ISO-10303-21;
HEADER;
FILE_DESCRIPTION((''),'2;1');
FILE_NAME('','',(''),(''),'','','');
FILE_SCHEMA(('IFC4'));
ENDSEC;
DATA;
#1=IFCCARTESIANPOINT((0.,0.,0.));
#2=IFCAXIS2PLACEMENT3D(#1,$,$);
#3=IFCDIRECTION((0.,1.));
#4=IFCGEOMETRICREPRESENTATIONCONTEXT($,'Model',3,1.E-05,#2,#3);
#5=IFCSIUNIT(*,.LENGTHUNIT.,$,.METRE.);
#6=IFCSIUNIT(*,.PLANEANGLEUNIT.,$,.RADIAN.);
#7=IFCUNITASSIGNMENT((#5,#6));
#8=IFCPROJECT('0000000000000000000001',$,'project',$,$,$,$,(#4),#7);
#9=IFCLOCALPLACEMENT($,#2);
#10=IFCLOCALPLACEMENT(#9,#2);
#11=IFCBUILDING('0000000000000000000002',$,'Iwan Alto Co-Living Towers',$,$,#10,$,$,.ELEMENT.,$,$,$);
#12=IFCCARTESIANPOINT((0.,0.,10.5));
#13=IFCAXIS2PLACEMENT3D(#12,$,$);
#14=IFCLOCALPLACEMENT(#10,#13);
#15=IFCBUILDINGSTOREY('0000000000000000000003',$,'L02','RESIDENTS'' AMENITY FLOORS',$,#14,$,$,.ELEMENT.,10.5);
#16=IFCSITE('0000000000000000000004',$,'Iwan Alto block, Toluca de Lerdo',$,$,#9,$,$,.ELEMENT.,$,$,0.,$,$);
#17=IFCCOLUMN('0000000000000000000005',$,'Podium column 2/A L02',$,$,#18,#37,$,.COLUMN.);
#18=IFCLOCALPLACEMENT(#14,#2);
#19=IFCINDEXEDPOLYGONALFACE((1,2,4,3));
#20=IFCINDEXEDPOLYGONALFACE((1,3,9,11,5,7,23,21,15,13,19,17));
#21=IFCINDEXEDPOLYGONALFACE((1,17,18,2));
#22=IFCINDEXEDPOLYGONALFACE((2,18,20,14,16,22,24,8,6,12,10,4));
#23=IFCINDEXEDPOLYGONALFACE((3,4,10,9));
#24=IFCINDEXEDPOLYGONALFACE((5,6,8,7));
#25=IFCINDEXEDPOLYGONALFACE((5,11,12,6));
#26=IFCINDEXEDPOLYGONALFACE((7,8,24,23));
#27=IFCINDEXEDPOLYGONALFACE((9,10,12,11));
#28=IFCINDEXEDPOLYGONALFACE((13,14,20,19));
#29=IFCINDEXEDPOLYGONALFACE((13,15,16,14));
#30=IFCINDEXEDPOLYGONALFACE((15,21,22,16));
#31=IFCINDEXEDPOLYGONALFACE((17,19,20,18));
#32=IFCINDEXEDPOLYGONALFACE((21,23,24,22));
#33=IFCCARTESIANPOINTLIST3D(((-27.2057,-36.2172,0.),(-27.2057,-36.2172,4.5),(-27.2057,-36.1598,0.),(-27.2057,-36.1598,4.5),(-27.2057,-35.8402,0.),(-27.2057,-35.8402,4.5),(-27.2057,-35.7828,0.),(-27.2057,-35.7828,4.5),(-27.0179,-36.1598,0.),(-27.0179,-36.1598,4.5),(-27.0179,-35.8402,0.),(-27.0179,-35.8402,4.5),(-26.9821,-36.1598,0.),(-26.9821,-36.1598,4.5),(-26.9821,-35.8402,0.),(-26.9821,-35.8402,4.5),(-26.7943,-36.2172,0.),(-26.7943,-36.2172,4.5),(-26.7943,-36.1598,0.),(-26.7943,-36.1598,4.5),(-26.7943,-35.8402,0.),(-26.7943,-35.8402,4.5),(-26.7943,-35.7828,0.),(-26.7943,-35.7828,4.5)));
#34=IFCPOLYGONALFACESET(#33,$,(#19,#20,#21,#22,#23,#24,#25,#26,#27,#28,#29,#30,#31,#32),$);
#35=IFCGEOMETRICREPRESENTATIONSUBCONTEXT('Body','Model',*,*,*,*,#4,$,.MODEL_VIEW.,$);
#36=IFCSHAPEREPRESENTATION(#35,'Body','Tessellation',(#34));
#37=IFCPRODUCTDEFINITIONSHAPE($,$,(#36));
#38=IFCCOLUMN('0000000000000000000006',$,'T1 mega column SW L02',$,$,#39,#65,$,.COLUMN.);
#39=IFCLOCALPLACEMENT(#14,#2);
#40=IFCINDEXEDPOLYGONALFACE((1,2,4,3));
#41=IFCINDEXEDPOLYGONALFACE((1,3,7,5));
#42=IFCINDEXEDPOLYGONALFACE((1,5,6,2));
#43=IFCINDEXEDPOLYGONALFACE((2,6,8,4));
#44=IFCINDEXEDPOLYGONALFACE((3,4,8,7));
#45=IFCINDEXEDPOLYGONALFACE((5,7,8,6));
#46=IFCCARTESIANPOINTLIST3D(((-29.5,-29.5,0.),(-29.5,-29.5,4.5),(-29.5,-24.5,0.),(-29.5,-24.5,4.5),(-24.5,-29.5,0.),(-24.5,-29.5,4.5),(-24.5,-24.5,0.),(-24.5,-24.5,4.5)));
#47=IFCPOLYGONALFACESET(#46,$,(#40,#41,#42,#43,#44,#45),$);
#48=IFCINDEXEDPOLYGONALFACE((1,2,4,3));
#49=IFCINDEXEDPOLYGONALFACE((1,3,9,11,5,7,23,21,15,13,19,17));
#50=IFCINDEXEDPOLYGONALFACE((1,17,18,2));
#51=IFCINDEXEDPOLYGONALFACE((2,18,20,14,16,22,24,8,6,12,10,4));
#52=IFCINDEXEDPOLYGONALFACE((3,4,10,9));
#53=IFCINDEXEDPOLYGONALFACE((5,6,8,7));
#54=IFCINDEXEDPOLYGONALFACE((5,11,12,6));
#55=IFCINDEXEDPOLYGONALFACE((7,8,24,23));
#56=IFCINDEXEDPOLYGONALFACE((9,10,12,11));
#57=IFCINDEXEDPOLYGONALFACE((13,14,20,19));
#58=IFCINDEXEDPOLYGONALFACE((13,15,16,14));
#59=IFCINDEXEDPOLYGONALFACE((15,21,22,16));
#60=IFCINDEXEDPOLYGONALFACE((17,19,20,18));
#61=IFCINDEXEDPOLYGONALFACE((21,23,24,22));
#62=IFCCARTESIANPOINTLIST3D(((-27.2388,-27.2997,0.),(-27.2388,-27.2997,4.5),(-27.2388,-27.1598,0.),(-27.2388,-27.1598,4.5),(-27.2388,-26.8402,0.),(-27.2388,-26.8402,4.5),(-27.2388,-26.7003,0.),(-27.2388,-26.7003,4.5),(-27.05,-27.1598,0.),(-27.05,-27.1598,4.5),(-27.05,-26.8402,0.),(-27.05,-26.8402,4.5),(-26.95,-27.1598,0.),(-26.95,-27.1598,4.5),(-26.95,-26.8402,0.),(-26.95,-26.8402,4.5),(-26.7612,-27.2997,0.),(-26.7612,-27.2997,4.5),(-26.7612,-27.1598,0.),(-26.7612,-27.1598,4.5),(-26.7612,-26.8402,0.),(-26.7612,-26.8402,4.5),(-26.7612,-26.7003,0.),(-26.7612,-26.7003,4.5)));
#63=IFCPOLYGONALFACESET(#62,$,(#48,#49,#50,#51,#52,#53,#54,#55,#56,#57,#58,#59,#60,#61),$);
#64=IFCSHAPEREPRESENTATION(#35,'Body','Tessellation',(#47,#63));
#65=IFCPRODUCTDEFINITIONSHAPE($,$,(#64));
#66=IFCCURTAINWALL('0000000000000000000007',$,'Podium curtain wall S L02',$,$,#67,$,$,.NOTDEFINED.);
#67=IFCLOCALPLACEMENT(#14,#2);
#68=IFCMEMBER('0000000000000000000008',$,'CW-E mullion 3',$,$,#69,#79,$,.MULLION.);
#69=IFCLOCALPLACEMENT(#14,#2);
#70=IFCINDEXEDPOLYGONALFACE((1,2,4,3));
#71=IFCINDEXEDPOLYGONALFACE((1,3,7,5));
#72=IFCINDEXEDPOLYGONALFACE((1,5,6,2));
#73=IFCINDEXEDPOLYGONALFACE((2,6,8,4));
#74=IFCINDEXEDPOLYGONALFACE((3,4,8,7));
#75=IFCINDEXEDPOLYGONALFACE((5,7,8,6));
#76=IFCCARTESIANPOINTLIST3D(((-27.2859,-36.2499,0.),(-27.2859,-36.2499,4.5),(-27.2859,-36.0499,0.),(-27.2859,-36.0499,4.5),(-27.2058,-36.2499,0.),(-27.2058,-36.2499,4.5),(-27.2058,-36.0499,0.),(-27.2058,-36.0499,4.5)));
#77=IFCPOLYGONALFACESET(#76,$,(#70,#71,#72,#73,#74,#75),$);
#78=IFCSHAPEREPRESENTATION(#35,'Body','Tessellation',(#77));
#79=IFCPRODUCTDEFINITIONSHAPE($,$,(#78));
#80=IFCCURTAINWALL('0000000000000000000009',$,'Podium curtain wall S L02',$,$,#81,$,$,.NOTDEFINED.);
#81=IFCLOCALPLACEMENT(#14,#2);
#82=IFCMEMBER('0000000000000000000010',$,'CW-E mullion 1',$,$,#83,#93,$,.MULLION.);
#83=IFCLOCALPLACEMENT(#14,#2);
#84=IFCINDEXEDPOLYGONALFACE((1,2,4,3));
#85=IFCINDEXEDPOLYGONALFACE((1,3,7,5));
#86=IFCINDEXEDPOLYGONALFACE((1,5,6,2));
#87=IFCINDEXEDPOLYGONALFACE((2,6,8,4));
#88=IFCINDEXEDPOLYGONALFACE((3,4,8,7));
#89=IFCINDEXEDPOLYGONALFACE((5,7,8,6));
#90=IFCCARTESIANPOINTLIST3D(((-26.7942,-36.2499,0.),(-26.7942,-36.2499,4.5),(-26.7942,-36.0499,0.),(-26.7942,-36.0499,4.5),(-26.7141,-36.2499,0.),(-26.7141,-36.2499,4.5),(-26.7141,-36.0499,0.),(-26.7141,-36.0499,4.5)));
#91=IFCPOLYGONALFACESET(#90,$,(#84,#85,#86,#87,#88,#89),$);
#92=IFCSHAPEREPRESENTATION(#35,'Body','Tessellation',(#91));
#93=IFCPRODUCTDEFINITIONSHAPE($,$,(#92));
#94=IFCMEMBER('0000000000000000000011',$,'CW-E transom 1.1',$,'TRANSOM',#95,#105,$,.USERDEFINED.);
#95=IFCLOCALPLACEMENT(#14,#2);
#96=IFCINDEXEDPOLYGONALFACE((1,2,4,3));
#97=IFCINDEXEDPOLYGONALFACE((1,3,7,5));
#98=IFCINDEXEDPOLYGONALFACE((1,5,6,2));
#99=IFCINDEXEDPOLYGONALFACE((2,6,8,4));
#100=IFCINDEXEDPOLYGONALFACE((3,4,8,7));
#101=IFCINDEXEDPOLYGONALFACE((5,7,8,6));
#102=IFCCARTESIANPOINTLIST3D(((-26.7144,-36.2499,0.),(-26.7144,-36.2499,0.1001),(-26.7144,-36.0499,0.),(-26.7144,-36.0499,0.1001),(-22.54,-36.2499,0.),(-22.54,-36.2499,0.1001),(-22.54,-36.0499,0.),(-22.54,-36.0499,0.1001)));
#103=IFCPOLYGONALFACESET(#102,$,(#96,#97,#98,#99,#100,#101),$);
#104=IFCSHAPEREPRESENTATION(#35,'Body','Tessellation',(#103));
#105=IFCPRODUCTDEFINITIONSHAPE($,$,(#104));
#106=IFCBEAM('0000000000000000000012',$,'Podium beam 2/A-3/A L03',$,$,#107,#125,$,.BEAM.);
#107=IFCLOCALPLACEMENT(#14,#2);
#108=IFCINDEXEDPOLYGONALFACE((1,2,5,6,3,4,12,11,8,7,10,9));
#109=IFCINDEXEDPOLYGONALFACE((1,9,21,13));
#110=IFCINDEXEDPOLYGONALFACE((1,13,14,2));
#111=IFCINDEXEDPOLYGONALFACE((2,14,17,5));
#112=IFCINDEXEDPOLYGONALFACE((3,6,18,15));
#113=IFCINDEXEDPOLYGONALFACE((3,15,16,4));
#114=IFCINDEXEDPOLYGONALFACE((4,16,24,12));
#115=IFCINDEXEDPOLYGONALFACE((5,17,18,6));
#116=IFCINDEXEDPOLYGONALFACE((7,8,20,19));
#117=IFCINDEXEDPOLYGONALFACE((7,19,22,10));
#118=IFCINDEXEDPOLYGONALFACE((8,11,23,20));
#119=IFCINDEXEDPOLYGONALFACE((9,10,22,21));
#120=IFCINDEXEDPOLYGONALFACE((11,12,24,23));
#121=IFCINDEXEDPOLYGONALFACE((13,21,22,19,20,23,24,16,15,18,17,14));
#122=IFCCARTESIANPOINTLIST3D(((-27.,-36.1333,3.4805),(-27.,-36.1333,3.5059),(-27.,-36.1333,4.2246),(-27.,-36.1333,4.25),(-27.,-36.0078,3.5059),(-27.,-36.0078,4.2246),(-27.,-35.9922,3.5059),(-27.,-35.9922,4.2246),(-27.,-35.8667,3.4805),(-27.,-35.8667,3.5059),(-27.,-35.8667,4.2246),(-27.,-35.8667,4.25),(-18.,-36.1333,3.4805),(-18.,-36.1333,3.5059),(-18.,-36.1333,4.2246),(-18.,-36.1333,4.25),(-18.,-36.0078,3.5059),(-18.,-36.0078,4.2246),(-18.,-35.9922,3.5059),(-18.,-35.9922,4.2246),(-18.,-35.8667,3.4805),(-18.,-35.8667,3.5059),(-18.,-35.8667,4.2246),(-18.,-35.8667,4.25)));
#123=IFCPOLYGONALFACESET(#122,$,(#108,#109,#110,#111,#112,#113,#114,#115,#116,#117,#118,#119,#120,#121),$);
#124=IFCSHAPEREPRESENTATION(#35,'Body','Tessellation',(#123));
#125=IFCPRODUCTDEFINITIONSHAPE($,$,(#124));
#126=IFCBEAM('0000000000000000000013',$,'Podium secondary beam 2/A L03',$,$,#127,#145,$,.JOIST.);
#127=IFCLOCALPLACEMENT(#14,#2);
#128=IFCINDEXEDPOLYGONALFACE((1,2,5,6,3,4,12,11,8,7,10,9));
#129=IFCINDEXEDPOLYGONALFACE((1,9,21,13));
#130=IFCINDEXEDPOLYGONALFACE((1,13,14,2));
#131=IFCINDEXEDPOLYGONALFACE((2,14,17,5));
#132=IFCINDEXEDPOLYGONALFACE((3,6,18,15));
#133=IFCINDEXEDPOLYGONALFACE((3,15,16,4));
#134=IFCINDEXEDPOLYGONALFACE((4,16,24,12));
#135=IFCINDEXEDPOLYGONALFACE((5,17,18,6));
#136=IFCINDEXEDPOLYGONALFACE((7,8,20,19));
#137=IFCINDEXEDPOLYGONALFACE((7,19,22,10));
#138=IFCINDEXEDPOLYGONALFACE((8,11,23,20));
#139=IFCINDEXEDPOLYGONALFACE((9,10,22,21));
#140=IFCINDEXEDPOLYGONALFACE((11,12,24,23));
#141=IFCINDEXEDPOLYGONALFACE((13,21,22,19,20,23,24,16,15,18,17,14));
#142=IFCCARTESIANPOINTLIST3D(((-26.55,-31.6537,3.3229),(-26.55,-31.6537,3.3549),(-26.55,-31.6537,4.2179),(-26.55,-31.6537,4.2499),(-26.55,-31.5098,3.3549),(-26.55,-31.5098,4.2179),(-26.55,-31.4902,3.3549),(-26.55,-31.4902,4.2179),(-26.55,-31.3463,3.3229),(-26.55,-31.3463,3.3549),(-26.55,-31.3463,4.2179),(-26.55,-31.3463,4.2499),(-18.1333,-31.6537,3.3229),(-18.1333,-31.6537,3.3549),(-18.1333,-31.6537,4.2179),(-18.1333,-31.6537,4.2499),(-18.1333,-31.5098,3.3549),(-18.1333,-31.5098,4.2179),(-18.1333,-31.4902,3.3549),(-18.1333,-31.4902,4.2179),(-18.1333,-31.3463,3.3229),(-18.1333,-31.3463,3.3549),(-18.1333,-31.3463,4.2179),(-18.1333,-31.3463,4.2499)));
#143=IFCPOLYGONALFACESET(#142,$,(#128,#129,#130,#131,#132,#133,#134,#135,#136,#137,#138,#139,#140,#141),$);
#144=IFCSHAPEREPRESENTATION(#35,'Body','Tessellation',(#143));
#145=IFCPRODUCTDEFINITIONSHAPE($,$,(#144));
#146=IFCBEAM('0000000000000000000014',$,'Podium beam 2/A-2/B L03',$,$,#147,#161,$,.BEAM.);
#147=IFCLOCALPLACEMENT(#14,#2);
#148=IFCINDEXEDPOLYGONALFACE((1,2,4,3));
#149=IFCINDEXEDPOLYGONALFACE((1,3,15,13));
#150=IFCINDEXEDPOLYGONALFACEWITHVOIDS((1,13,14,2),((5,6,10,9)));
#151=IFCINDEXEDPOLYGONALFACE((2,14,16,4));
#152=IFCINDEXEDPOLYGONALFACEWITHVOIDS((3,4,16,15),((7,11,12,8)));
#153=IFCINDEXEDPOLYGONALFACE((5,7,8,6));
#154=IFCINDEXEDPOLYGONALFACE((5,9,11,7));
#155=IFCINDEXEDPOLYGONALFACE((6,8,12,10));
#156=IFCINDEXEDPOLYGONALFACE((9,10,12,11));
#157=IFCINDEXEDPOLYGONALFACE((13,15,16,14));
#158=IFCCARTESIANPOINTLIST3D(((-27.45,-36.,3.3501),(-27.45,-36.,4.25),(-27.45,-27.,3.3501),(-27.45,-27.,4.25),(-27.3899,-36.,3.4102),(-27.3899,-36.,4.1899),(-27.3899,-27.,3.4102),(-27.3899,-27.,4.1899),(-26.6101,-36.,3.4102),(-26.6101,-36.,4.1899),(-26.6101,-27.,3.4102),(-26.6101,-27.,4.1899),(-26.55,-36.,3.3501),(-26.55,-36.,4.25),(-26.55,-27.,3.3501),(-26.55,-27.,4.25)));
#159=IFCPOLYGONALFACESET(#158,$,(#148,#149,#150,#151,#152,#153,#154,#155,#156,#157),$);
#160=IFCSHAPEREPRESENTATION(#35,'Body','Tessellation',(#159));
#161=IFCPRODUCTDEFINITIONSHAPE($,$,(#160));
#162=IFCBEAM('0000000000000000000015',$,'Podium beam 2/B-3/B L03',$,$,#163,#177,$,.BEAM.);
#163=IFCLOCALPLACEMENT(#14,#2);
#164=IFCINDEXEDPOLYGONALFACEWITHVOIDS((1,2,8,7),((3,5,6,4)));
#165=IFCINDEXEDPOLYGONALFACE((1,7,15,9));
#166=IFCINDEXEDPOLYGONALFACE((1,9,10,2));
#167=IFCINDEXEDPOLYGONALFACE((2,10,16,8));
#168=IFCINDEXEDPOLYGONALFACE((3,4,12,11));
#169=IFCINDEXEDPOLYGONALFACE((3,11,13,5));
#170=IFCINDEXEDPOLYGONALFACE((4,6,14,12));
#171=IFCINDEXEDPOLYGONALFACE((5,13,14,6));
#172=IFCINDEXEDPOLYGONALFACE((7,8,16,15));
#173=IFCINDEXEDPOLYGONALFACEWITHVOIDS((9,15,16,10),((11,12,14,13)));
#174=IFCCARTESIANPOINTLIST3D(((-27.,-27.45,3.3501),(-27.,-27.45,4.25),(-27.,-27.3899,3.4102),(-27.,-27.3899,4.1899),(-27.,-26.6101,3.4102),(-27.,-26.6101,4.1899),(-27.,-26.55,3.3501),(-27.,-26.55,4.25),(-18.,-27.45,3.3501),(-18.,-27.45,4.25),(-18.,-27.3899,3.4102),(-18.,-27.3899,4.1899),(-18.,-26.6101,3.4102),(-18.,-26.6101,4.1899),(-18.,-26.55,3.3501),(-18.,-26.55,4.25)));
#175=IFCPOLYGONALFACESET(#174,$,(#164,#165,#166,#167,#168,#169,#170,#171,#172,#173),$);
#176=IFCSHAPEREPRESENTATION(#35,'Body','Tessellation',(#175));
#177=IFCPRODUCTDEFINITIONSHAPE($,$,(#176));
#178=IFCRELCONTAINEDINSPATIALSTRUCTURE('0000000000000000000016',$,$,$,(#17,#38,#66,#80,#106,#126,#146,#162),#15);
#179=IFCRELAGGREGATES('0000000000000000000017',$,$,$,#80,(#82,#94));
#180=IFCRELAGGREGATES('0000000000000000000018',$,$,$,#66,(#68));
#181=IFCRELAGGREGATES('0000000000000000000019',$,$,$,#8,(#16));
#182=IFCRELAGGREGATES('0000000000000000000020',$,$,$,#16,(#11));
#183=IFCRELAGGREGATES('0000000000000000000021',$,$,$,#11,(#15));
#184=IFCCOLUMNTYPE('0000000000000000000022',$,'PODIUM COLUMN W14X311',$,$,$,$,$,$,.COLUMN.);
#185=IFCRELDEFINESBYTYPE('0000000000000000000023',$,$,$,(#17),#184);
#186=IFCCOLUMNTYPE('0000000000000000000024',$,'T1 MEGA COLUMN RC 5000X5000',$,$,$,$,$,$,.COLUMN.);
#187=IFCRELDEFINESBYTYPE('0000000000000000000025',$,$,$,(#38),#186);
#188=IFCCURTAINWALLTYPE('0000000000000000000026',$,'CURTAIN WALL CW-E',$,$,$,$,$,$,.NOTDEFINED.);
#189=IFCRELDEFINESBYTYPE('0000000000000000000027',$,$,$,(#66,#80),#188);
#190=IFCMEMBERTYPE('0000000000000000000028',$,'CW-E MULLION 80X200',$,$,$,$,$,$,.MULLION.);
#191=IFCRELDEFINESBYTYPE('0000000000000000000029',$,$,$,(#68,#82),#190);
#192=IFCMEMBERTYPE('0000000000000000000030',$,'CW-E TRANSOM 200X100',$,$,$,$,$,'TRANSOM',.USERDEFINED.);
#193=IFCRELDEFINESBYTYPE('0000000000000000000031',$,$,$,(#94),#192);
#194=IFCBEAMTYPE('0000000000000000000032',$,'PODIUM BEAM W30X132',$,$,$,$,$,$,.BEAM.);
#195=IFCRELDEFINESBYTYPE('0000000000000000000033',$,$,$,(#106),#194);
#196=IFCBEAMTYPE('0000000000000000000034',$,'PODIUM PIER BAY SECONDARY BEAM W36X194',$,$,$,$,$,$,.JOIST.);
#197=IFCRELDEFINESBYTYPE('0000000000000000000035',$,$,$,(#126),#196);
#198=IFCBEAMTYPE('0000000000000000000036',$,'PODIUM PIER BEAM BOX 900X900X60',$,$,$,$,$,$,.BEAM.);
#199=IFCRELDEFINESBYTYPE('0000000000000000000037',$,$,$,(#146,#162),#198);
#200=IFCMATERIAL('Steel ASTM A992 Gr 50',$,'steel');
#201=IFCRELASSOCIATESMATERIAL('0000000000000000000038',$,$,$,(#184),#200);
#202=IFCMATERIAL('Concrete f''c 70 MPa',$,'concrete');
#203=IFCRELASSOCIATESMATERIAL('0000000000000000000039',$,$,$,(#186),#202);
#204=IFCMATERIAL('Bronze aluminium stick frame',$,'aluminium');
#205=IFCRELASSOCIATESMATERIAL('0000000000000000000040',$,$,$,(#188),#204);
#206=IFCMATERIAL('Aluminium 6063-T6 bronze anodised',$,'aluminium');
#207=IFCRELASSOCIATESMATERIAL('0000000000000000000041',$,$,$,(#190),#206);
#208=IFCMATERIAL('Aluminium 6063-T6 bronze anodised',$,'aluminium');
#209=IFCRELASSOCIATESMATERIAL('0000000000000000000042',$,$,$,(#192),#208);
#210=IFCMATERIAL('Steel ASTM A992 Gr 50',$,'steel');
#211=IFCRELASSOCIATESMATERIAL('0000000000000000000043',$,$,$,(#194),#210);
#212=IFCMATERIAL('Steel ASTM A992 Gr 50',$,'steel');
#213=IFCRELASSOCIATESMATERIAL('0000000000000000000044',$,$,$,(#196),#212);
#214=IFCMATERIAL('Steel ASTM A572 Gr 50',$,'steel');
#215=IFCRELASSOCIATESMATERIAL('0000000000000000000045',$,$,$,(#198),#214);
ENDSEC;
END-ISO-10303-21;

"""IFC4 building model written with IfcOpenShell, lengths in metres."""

from ifc_helpers import new_model, si_unit, direction, frame, origin, origin_2d, place, context, subcontext, project, spatial, rectangle, hollow_rectangle, i_section, extrude, material, material_profile, profile_set, type_object, element, aggregate, save


model = new_model("IFC4")

# Units and contexts
model_context = context("Model", 3, precision=1e-05, world=origin(), true_north=direction((0.0, 1.0)))
body_context = subcontext(model_context, "Body", "Model", "MODEL_VIEW")
ifc_project = project(units=[si_unit("LENGTHUNIT", "METRE"), si_unit("PLANEANGLEUNIT", "RADIAN")], contexts=[model_context])

# Site, building, storey
site_placement = place(None, origin())
site = spatial("IfcSite", under=ifc_project, at=site_placement, Name="Iwan Alto block, Toluca de Lerdo", CompositionType="ELEMENT", RefElevation=0.0)
building_placement = place(site_placement, origin())
building = spatial("IfcBuilding", under=site, at=building_placement, Name="Iwan Alto Co-Living Towers", CompositionType="ELEMENT")
storey_placement = place(building_placement, frame((0.0, 0.0, 10.5)))
storey = spatial("IfcBuildingStorey", under=building, at=storey_placement, Name="L02", Description="RESIDENTS' AMENITY FLOORS", CompositionType="ELEMENT", Elevation=10.5)

# Columns
ifc_material_1 = material(Name="Steel ASTM A992 Gr 50", Category="steel")
ifc_material_profile_1 = material_profile(ifc_material_1, i_section(OverallWidth=0.4114, OverallDepth=0.4343, WebThickness=0.0359, FlangeThickness=0.0574, at=origin_2d()), Name="W14X311")
ifc_profile_set_1 = profile_set([ifc_material_profile_1], Name="Steel ASTM A992 Gr 50")
column_type_1 = type_object("IfcColumnType", Name="PODIUM COLUMN W14X311", PredefinedType="COLUMN", material=ifc_profile_set_1)
column_1_placement = place(storey_placement, frame((-27.0, -36.0, 0.0), z_axis=(0.0, 0.0, 1.0), x_axis=(1.0, 0.0, 0.0)))
element("IfcColumn", 1, at=column_1_placement, inside=storey, type_object=column_type_1, Name="Podium column 2/A L02", PredefinedType="COLUMN", context=body_context, shape_type="SweptSolid", body=[
    extrude(i_section(OverallWidth=0.4114, OverallDepth=0.4343, WebThickness=0.0359, FlangeThickness=0.0574, at=origin_2d()), origin(), (0.0, 0.0, 1.0), 4.5),
])
ifc_material_2 = material(Name="Concrete f'c 70 MPa", Category="concrete")
ifc_material_profile_2 = material_profile(ifc_material_2, rectangle(XDim=5.0, YDim=5.0, at=origin_2d()), Name="RC 5000X5000")
ifc_profile_set_2 = profile_set([ifc_material_profile_2], Name="Concrete f'c 70 MPa")
column_type_2 = type_object("IfcColumnType", Name="T1 MEGA COLUMN RC 5000X5000", PredefinedType="COLUMN", material=ifc_profile_set_2)
column_2_placement = place(storey_placement, frame((-27.0, -27.0, 0.0), z_axis=(0.0, 0.0, 1.0), x_axis=(1.0, 0.0, 0.0)))
element("IfcColumn", 2, at=column_2_placement, inside=storey, type_object=column_type_2, Name="T1 mega column SW L02", PredefinedType="COLUMN", context=body_context, shape_type="SweptSolid", body=[
    extrude(rectangle(XDim=5.0, YDim=5.0, at=origin_2d()), origin(), (0.0, 0.0, 1.0), 4.5),
    extrude(i_section(OverallWidth=0.4775, OverallDepth=0.5994, WebThickness=0.1001, FlangeThickness=0.1399, at=origin_2d()), origin(), (0.0, 0.0, 1.0), 4.5),
])

# Curtain wall, member
ifc_material_3 = material(Name="Bronze aluminium stick frame", Category="aluminium")
curtain_wall_type = type_object("IfcCurtainWallType", Name="CURTAIN WALL CW-E", PredefinedType="NOTDEFINED", material=ifc_material_3)
curtain_wall_1_placement = place(storey_placement, origin())
curtain_wall_1 = element("IfcCurtainWall", 3, at=curtain_wall_1_placement, inside=storey, type_object=curtain_wall_type, Name="Podium curtain wall S L02", PredefinedType="NOTDEFINED")
ifc_material_4 = material(Name="Aluminium 6063-T6 bronze anodised", Category="aluminium")
ifc_material_profile_3 = material_profile(ifc_material_4, rectangle(XDim=0.2, YDim=0.0801, at=origin_2d()), Name="AL 80X200")
ifc_profile_set_3 = profile_set([ifc_material_profile_3], Name="Aluminium 6063-T6 bronze anodised")
member_type_1 = type_object("IfcMemberType", Name="CW-E MULLION 80X200", PredefinedType="MULLION", material=ifc_profile_set_3)
member_1_placement = place(storey_placement, frame((-27.2458, -36.1499, 0.0), z_axis=(0.0, 0.0, 1.0), x_axis=(0.0, 1.0, 0.0)))
member_1 = element("IfcMember", 4, at=member_1_placement, type_object=member_type_1, Name="CW-E mullion 3", PredefinedType="MULLION", context=body_context, shape_type="SweptSolid", body=[
    extrude(rectangle(XDim=0.2, YDim=0.0801, at=origin_2d()), origin(), (0.0, 0.0, 1.0), 4.5),
])

# Curtain wall, members
curtain_wall_2_placement = place(storey_placement, origin())
curtain_wall_2 = element("IfcCurtainWall", 5, at=curtain_wall_2_placement, inside=storey, type_object=curtain_wall_type, Name="Podium curtain wall S L02", PredefinedType="NOTDEFINED")
member_2_placement = place(storey_placement, frame((-26.7542, -36.1499, 0.0), z_axis=(0.0, 0.0, 1.0), x_axis=(0.0, 1.0, 0.0)))
member_2 = element("IfcMember", 6, at=member_2_placement, type_object=member_type_1, Name="CW-E mullion 1", PredefinedType="MULLION", context=body_context, shape_type="SweptSolid", body=[
    extrude(rectangle(XDim=0.2, YDim=0.0801, at=origin_2d()), origin(), (0.0, 0.0, 1.0), 4.5),
])
ifc_material_5 = material(Name="Aluminium 6063-T6 bronze anodised", Category="aluminium")
ifc_material_profile_4 = material_profile(ifc_material_5, rectangle(XDim=0.2, YDim=0.1001, at=origin_2d()), Name="AL 200X100")
ifc_profile_set_4 = profile_set([ifc_material_profile_4], Name="Aluminium 6063-T6 bronze anodised")
member_type_2 = type_object("IfcMemberType", Name="CW-E TRANSOM 200X100", ElementType="TRANSOM", PredefinedType="USERDEFINED", material=ifc_profile_set_4)
member_3_placement = place(storey_placement, frame((-26.7144, -36.1499, 0.05), z_axis=(1.0, 0.0, 0.0), x_axis=(0.0, 1.0, 0.0)))
member_3 = element("IfcMember", 7, at=member_3_placement, type_object=member_type_2, Name="CW-E transom 1.1", ObjectType="TRANSOM", PredefinedType="USERDEFINED", context=body_context, shape_type="SweptSolid", body=[
    extrude(rectangle(XDim=0.2, YDim=0.1001, at=origin_2d()), origin(), (0.0, 0.0, 1.0), 4.1743),
])
aggregate(curtain_wall_2, [member_2, member_3])

# Beams
ifc_material_6 = material(Name="Steel ASTM A992 Gr 50", Category="steel")
ifc_material_profile_5 = material_profile(ifc_material_6, i_section(OverallWidth=0.2666, OverallDepth=0.7695, WebThickness=0.0156, FlangeThickness=0.0254, at=origin_2d()), Name="W30X132")
ifc_profile_set_5 = profile_set([ifc_material_profile_5], Name="Steel ASTM A992 Gr 50")
beam_type_1 = type_object("IfcBeamType", Name="PODIUM BEAM W30X132", PredefinedType="BEAM", material=ifc_profile_set_5)
beam_1_placement = place(storey_placement, frame((-27.0, -36.0, 3.8652), z_axis=(1.0, 0.0, 0.0), x_axis=(0.0, 1.0, 0.0)))
element("IfcBeam", 8, at=beam_1_placement, inside=storey, type_object=beam_type_1, Name="Podium beam 2/A-3/A L03", PredefinedType="BEAM", context=body_context, shape_type="SweptSolid", body=[
    extrude(i_section(OverallWidth=0.2666, OverallDepth=0.7695, WebThickness=0.0156, FlangeThickness=0.0254, at=origin_2d()), origin(), (0.0, 0.0, 1.0), 9.0),
])
ifc_material_7 = material(Name="Steel ASTM A992 Gr 50", Category="steel")
ifc_material_profile_6 = material_profile(ifc_material_7, i_section(OverallWidth=0.3074, OverallDepth=0.927, WebThickness=0.0195, FlangeThickness=0.032, at=origin_2d()), Name="W36X194")
ifc_profile_set_6 = profile_set([ifc_material_profile_6], Name="Steel ASTM A992 Gr 50")
beam_type_2 = type_object("IfcBeamType", Name="PODIUM PIER BAY SECONDARY BEAM W36X194", PredefinedType="JOIST", material=ifc_profile_set_6)
beam_2_placement = place(storey_placement, frame((-26.55, -31.5, 3.7864), z_axis=(1.0, 0.0, 0.0), x_axis=(0.0, 1.0, 0.0)))
element("IfcBeam", 9, at=beam_2_placement, inside=storey, type_object=beam_type_2, Name="Podium secondary beam 2/A L03", PredefinedType="JOIST", context=body_context, shape_type="SweptSolid", body=[
    extrude(i_section(OverallWidth=0.3074, OverallDepth=0.927, WebThickness=0.0195, FlangeThickness=0.032, at=origin_2d()), origin(), (0.0, 0.0, 1.0), 8.4167),
])
ifc_material_8 = material(Name="Steel ASTM A572 Gr 50", Category="steel")
ifc_material_profile_7 = material_profile(ifc_material_8, hollow_rectangle(XDim=0.8999, YDim=0.8999, WallThickness=0.0601, at=origin_2d()), Name="BOX 900X900X60")
ifc_profile_set_7 = profile_set([ifc_material_profile_7], Name="Steel ASTM A572 Gr 50")
beam_type_3 = type_object("IfcBeamType", Name="PODIUM PIER BEAM BOX 900X900X60", PredefinedType="BEAM", material=ifc_profile_set_7)
for number, where, z_axis, x_axis, name in (
    (10, (-27.0, -36.0, 3.8), (0.0, 1.0, 0.0), (-1.0, 0.0, 0.0), "Podium beam 2/A-2/B L03"),
    (11, (-27.0, -27.0, 3.8), (1.0, 0.0, 0.0), (0.0, 1.0, 0.0), "Podium beam 2/B-3/B L03"),
):
    element("IfcBeam", number, at=place(storey_placement, frame(where, z_axis=z_axis, x_axis=x_axis)), inside=storey, type_object=beam_type_3, Name=name, PredefinedType="BEAM", context=body_context, shape_type="SweptSolid", body=[
        extrude(hollow_rectangle(XDim=0.8999, YDim=0.8999, WallThickness=0.0601, at=origin_2d()), origin(), (0.0, 0.0, 1.0), 9.0),
    ])

aggregate(curtain_wall_1, [member_1])

save(model, "model.ifc")
